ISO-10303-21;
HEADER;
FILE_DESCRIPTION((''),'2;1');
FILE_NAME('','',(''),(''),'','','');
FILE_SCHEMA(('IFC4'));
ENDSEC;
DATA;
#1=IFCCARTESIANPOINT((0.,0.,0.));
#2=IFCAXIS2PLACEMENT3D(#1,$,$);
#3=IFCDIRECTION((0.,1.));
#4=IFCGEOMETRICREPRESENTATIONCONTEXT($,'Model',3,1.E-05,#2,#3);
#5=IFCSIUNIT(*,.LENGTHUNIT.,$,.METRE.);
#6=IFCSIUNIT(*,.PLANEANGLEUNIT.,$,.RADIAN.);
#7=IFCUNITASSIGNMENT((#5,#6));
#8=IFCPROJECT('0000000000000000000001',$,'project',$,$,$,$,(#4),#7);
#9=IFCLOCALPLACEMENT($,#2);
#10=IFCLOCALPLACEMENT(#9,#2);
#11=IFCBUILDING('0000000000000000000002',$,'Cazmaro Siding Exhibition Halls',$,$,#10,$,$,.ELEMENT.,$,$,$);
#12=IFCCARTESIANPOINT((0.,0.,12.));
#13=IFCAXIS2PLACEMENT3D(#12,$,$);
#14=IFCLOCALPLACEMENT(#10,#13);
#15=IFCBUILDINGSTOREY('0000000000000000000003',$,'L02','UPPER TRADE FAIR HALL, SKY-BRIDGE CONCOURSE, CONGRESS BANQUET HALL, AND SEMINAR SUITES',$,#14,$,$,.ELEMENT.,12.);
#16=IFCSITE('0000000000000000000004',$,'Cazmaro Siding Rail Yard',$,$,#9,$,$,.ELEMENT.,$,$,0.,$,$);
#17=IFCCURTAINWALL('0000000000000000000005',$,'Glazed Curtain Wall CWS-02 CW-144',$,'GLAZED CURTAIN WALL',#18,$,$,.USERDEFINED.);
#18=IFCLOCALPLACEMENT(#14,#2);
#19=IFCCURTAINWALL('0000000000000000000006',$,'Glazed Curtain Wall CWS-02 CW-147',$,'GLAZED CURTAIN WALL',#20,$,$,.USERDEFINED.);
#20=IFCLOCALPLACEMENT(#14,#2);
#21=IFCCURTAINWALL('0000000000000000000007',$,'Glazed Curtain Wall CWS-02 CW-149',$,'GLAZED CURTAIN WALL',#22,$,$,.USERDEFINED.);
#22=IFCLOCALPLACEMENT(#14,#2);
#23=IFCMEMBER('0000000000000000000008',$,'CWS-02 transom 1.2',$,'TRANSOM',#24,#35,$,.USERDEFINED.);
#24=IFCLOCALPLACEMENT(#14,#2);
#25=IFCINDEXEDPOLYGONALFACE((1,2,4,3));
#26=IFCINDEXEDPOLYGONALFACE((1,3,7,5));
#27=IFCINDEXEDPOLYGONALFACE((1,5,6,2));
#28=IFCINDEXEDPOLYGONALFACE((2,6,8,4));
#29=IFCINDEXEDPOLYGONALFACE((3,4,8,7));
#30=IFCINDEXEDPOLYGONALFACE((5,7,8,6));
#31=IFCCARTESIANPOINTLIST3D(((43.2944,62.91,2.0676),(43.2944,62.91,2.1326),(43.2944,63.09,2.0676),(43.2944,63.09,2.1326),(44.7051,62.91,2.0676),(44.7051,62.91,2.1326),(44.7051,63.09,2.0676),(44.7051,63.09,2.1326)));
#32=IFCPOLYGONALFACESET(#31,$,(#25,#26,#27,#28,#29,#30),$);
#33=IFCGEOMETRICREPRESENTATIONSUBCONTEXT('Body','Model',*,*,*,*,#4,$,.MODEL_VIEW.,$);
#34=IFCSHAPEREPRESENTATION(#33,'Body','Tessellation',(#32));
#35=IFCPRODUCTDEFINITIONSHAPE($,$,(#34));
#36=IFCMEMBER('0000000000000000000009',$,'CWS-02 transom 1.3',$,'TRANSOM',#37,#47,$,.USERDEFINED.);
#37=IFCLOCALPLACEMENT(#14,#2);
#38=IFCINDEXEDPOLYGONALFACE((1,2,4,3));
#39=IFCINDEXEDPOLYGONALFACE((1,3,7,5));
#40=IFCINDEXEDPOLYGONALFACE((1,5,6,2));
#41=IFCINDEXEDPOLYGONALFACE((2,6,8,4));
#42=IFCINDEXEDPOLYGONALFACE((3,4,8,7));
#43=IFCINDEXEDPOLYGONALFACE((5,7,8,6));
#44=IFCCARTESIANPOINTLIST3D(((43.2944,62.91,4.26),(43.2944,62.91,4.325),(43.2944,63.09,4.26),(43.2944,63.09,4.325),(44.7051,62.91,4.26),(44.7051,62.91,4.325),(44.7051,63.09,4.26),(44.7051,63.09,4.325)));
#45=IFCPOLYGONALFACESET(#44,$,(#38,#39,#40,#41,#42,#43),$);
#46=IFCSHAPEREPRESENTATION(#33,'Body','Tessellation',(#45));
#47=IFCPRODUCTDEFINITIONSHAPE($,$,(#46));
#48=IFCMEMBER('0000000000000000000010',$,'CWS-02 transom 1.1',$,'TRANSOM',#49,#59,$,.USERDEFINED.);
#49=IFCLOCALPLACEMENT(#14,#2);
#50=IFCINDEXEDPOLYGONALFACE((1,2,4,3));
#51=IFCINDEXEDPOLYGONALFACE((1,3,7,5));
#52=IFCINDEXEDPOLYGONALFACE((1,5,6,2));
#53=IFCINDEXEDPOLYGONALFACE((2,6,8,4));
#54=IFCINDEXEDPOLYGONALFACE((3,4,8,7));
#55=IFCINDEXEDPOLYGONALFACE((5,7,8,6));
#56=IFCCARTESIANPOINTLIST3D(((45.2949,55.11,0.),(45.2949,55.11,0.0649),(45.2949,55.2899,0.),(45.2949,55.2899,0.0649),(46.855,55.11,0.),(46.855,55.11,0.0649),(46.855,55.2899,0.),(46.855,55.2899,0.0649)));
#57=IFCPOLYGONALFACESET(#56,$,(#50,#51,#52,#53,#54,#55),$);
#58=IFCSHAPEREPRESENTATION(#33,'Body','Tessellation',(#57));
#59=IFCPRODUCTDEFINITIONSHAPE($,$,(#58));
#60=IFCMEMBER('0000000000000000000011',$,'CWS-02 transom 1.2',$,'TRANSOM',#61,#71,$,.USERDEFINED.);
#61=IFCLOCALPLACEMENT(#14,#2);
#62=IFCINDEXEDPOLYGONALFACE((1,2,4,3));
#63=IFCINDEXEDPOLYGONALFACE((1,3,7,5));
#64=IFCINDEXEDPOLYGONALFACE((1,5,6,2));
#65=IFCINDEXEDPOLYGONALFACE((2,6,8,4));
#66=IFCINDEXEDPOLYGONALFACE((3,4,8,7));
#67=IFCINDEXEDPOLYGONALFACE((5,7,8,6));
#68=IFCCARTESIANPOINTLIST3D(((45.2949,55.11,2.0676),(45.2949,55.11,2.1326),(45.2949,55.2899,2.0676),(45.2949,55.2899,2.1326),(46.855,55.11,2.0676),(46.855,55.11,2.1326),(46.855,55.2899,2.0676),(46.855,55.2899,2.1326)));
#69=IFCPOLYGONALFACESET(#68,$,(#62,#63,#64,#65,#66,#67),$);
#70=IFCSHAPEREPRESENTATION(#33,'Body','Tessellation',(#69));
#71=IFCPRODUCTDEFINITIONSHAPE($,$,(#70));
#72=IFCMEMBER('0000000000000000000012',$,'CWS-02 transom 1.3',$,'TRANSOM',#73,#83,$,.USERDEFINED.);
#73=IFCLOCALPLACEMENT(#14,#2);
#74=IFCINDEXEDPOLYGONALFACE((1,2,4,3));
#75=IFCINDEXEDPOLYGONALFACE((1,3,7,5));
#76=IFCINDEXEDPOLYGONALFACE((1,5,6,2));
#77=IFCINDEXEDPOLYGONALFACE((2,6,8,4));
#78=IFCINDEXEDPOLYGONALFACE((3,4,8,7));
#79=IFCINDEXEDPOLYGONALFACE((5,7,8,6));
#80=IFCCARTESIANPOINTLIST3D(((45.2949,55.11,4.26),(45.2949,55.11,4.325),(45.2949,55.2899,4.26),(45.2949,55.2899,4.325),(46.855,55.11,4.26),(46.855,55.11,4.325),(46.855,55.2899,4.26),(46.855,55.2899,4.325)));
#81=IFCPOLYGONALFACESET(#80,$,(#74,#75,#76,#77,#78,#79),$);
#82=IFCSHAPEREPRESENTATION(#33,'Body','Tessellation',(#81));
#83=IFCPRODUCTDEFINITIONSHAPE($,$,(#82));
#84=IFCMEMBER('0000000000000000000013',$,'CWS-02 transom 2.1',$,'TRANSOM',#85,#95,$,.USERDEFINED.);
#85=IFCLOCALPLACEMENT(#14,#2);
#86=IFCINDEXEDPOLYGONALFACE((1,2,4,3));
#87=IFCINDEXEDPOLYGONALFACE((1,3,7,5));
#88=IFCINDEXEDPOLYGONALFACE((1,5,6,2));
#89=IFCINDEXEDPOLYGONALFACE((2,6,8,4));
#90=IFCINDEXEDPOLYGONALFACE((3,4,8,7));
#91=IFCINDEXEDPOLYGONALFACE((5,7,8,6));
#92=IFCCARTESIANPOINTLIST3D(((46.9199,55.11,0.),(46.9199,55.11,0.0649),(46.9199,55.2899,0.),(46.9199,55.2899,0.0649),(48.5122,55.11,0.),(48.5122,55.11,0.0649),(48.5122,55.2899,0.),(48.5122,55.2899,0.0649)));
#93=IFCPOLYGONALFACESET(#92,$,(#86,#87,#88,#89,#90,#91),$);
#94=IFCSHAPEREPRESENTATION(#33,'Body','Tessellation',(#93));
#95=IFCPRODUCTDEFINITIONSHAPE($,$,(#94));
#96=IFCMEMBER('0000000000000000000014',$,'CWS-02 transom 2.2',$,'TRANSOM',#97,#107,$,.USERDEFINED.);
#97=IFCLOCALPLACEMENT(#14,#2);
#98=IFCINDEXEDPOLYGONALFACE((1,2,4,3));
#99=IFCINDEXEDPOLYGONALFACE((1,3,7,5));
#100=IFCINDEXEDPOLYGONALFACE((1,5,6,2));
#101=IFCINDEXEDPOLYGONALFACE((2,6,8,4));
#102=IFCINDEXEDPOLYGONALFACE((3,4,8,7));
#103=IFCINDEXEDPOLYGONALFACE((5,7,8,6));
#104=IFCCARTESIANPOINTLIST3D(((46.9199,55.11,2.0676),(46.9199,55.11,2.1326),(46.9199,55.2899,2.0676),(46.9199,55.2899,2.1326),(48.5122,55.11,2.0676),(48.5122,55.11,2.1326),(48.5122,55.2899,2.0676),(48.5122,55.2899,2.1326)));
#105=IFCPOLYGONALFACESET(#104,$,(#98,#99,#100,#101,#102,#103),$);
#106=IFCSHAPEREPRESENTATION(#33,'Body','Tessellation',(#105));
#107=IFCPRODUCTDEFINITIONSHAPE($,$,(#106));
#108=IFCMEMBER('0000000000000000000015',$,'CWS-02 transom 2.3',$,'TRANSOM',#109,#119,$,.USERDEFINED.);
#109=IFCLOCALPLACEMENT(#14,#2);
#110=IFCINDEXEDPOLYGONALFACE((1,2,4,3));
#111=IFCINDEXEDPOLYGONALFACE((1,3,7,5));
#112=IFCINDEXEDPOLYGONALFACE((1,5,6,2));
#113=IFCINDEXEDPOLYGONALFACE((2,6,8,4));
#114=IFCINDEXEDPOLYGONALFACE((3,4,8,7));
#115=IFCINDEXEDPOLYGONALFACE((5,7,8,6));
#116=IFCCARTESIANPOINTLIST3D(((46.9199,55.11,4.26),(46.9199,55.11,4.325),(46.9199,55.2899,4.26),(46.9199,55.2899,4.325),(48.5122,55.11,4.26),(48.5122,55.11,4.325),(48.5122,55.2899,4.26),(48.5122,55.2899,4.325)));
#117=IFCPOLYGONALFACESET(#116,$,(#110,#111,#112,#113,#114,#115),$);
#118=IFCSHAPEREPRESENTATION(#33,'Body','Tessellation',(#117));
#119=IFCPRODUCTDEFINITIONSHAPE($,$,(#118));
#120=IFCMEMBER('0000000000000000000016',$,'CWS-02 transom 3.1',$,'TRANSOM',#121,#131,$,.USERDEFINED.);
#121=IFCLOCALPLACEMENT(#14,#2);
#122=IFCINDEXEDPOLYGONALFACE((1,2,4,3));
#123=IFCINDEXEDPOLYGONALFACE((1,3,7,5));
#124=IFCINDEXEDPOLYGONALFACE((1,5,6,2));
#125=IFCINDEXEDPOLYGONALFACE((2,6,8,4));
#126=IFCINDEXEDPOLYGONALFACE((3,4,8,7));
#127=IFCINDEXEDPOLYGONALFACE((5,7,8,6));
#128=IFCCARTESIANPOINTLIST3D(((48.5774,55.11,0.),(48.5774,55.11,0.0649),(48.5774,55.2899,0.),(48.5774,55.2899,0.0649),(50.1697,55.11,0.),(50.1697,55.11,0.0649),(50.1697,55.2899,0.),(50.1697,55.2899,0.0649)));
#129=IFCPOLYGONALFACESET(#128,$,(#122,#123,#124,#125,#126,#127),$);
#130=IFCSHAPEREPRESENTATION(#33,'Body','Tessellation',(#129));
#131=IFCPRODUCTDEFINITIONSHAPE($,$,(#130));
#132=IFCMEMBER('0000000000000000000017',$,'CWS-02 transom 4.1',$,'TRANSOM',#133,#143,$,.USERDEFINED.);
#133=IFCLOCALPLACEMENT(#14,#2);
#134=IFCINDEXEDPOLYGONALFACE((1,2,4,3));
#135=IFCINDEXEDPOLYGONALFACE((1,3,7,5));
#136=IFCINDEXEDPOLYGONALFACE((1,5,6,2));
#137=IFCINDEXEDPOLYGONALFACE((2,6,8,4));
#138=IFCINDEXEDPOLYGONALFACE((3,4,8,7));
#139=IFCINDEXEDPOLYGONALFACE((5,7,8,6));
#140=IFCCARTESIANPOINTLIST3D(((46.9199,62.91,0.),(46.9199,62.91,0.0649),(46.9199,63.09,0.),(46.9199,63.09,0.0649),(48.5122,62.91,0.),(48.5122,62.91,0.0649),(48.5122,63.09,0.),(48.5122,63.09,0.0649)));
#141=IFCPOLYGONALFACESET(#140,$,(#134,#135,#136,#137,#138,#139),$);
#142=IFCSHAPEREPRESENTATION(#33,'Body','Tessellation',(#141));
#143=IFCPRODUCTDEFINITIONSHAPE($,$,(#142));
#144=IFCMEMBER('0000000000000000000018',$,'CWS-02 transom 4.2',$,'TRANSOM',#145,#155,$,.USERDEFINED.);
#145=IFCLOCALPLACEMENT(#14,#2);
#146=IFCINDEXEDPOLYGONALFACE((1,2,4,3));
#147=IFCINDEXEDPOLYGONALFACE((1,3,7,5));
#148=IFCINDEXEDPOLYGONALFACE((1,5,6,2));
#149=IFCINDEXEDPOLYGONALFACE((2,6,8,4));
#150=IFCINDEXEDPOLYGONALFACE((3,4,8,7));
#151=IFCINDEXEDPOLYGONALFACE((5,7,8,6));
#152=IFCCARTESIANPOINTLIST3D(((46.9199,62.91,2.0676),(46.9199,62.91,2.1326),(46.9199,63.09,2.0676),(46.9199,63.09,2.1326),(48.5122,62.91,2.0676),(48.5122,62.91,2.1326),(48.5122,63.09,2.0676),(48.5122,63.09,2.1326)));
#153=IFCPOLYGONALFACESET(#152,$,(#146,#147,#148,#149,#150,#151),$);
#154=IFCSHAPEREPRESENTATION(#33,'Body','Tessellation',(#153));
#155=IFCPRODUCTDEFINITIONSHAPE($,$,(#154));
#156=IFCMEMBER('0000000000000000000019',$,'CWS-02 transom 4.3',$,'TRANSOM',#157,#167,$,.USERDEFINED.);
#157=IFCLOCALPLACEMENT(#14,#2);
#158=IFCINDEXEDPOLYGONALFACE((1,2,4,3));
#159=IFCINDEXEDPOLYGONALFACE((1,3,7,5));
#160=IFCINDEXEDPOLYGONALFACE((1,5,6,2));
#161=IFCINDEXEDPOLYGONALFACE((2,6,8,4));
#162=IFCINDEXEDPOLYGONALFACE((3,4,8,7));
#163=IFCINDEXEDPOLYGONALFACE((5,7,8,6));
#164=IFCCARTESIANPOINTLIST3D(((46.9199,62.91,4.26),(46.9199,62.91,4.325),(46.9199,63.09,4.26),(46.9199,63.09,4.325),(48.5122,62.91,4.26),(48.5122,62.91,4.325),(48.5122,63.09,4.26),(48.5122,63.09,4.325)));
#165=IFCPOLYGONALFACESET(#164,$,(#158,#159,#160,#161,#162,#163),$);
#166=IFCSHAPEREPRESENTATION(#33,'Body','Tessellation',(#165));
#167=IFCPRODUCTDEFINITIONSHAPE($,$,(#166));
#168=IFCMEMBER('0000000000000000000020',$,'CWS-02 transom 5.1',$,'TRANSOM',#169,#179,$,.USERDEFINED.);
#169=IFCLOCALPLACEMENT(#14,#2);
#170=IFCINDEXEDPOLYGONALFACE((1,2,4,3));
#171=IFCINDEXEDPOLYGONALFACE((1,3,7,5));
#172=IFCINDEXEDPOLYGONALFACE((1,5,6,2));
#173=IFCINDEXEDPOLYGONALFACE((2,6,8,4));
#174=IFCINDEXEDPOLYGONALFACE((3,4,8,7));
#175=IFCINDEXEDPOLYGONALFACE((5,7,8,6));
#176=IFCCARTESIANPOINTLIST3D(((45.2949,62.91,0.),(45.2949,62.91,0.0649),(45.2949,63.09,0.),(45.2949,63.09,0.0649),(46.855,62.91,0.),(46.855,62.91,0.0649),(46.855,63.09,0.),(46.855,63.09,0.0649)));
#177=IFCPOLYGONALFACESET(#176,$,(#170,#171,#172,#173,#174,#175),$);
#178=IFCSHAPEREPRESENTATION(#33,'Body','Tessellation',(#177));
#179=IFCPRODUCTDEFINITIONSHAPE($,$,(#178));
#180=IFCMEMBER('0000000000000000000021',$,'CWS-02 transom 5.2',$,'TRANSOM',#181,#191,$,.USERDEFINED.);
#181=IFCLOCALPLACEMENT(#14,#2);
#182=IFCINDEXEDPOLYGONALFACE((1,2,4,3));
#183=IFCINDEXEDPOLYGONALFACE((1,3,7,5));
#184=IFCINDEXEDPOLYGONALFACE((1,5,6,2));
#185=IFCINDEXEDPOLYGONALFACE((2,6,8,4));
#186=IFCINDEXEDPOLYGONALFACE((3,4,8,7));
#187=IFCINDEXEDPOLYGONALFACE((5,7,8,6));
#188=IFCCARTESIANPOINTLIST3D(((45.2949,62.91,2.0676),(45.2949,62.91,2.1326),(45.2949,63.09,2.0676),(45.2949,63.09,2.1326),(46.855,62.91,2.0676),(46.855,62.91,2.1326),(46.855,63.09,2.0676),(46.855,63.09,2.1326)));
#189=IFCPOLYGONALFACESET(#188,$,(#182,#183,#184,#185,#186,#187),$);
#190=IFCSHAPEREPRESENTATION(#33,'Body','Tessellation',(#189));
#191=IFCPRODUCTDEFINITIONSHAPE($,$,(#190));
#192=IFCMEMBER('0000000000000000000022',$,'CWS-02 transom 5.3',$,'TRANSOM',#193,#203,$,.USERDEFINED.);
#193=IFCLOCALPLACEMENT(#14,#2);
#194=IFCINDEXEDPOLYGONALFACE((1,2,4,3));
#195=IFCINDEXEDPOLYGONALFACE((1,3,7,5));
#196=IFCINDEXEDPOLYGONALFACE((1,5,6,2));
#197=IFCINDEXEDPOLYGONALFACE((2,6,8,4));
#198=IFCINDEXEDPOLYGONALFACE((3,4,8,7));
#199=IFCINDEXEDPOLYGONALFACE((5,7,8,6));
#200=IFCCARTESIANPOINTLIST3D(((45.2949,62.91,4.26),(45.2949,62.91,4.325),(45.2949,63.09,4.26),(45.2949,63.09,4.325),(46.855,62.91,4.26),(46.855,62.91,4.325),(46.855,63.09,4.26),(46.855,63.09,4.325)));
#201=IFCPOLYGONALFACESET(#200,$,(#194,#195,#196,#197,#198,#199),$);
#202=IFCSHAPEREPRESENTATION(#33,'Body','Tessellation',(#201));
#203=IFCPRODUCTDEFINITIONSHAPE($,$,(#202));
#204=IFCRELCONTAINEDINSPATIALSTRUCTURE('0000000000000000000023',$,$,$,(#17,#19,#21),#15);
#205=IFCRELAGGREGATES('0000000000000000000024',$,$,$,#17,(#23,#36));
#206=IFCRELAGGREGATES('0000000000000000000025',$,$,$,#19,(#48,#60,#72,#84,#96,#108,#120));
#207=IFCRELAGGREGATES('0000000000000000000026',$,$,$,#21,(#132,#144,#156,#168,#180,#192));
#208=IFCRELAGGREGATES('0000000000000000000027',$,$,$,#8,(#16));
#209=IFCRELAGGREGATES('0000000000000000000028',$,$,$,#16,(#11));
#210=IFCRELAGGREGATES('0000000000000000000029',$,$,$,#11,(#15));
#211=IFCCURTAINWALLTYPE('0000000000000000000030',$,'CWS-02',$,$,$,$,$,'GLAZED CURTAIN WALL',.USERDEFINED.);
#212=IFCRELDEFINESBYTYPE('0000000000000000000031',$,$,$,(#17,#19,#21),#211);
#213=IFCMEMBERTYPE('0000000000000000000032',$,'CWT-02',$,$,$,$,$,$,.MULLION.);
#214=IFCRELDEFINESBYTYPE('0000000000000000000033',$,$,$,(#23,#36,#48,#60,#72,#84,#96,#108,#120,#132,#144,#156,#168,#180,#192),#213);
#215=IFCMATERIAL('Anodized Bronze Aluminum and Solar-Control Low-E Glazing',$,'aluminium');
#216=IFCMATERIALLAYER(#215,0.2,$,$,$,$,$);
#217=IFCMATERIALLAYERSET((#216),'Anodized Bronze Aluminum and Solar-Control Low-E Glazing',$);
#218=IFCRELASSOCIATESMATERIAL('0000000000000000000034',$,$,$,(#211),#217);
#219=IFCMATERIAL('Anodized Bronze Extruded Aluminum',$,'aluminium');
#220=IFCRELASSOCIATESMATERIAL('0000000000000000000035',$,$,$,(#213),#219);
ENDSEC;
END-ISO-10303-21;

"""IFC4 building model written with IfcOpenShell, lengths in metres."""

from ifc_helpers import new_model, si_unit, direction, frame, origin, origin_2d, place, context, subcontext, project, spatial, rectangle, extrude, material, layer, layer_set, material_profile, profile_set, type_object, element, aggregate, save


model = new_model("IFC4")

# Units and contexts
model_context = context("Model", 3, precision=1e-05, world=origin(), true_north=direction((0.0, 1.0)))
body_context = subcontext(model_context, "Body", "Model", "MODEL_VIEW")
ifc_project = project(units=[si_unit("LENGTHUNIT", "METRE"), si_unit("PLANEANGLEUNIT", "RADIAN")], contexts=[model_context])

# Site, building, storey
site_placement = place(None, origin())
site = spatial("IfcSite", under=ifc_project, at=site_placement, Name="Cazmaro Siding Rail Yard", CompositionType="ELEMENT", RefElevation=0.0)
building_placement = place(site_placement, origin())
building = spatial("IfcBuilding", under=site, at=building_placement, Name="Cazmaro Siding Exhibition Halls", CompositionType="ELEMENT")
storey_placement = place(building_placement, frame((0.0, 0.0, 12.0)))
storey = spatial("IfcBuildingStorey", under=building, at=storey_placement, Name="L02", Description="UPPER TRADE FAIR HALL, SKY-BRIDGE CONCOURSE, CONGRESS BANQUET HALL, AND SEMINAR SUITES", CompositionType="ELEMENT", Elevation=12.0)

# Curtain wall
ifc_material_1 = material(Name="Anodized Bronze Aluminum and Solar-Control Low-E Glazing", Category="aluminium")
ifc_layer_1 = layer(ifc_material_1, 0.2)
ifc_layer_set_1 = layer_set([ifc_layer_1], Name="Anodized Bronze Aluminum and Solar-Control Low-E Glazing")
curtain_wall_type = type_object("IfcCurtainWallType", Name="CWS-02", ElementType="GLAZED CURTAIN WALL", PredefinedType="USERDEFINED", material=ifc_layer_set_1)
curtain_wall_1_placement = place(storey_placement, origin())
curtain_wall_1 = element("IfcCurtainWall", 1, at=curtain_wall_1_placement, inside=storey, type_object=curtain_wall_type, Name="Glazed Curtain Wall CWS-02 CW-144", ObjectType="GLAZED CURTAIN WALL", PredefinedType="USERDEFINED")

# Curtain walls
curtain_wall_2_placement = place(storey_placement, origin())
curtain_wall_2 = element("IfcCurtainWall", 2, at=curtain_wall_2_placement, inside=storey, type_object=curtain_wall_type, Name="Glazed Curtain Wall CWS-02 CW-147", ObjectType="GLAZED CURTAIN WALL", PredefinedType="USERDEFINED")
curtain_wall_3_placement = place(storey_placement, origin())
curtain_wall_3 = element("IfcCurtainWall", 3, at=curtain_wall_3_placement, inside=storey, type_object=curtain_wall_type, Name="Glazed Curtain Wall CWS-02 CW-149", ObjectType="GLAZED CURTAIN WALL", PredefinedType="USERDEFINED")

# Members
ifc_material_2 = material(Name="Anodized Bronze Extruded Aluminum", Category="aluminium")
ifc_material_profile_1 = material_profile(ifc_material_2, rectangle(XDim=0.1799, YDim=0.0649, at=origin_2d()), Name="CWT-02")
ifc_profile_set_1 = profile_set([ifc_material_profile_1], Name="Anodized Bronze Extruded Aluminum")
member_type_1 = type_object("IfcMemberType", Name="CWT-02", PredefinedType="MULLION", material=ifc_profile_set_1)
member_1_placement = place(storey_placement, frame((44.7051, 63.0, 2.1001), z_axis=(-1.0, 0.0, 0.0), x_axis=(0.0, -1.0, 0.0)))
member_1 = element("IfcMember", 4, at=member_1_placement, type_object=member_type_1, Name="CWS-02 transom 1.2", ObjectType="TRANSOM", PredefinedType="USERDEFINED", context=body_context, shape_type="SweptSolid", body=[
    extrude(rectangle(XDim=0.1799, YDim=0.0649, at=origin_2d()), origin(), (0.0, 0.0, 1.0), 1.4106),
])
member_2_placement = place(storey_placement, frame((44.7051, 63.0, 4.2925), z_axis=(-1.0, 0.0, 0.0), x_axis=(0.0, -1.0, 0.0)))
member_2 = element("IfcMember", 5, at=member_2_placement, type_object=member_type_1, Name="CWS-02 transom 1.3", ObjectType="TRANSOM", PredefinedType="USERDEFINED", context=body_context, shape_type="SweptSolid", body=[
    extrude(rectangle(XDim=0.1799, YDim=0.0649, at=origin_2d()), origin(), (0.0, 0.0, 1.0), 1.4106),
])
aggregate(curtain_wall_1, [member_1, member_2])
member_3_placement = place(storey_placement, frame((45.2949, 55.2, 0.0325), z_axis=(1.0, 0.0, 0.0), x_axis=(0.0, 1.0, 0.0)))
member_3 = element("IfcMember", 6, at=member_3_placement, type_object=member_type_1, Name="CWS-02 transom 1.1", ObjectType="TRANSOM", PredefinedType="USERDEFINED", context=body_context, shape_type="SweptSolid", body=[
    extrude(rectangle(XDim=0.1799, YDim=0.0649, at=origin_2d()), origin(), (0.0, 0.0, 1.0), 1.5601),
])
member_4_placement = place(storey_placement, frame((45.2949, 55.2, 2.1001), z_axis=(1.0, 0.0, 0.0), x_axis=(0.0, 1.0, 0.0)))
member_4 = element("IfcMember", 7, at=member_4_placement, type_object=member_type_1, Name="CWS-02 transom 1.2", ObjectType="TRANSOM", PredefinedType="USERDEFINED", context=body_context, shape_type="SweptSolid", body=[
    extrude(rectangle(XDim=0.1799, YDim=0.0649, at=origin_2d()), origin(), (0.0, 0.0, 1.0), 1.5601),
])
member_5_placement = place(storey_placement, frame((45.2949, 55.2, 4.2925), z_axis=(1.0, 0.0, 0.0), x_axis=(0.0, 1.0, 0.0)))
member_5 = element("IfcMember", 8, at=member_5_placement, type_object=member_type_1, Name="CWS-02 transom 1.3", ObjectType="TRANSOM", PredefinedType="USERDEFINED", context=body_context, shape_type="SweptSolid", body=[
    extrude(rectangle(XDim=0.1799, YDim=0.0649, at=origin_2d()), origin(), (0.0, 0.0, 1.0), 1.5601),
])
member_6_placement = place(storey_placement, frame((46.9199, 55.2, 0.0325), z_axis=(1.0, 0.0, 0.0), x_axis=(0.0, 1.0, 0.0)))
member_6 = element("IfcMember", 9, at=member_6_placement, type_object=member_type_1, Name="CWS-02 transom 2.1", ObjectType="TRANSOM", PredefinedType="USERDEFINED", context=body_context, shape_type="SweptSolid", body=[
    extrude(rectangle(XDim=0.1799, YDim=0.0649, at=origin_2d()), origin(), (0.0, 0.0, 1.0), 1.5923),
])
member_7_placement = place(storey_placement, frame((46.9199, 55.2, 2.1001), z_axis=(1.0, 0.0, 0.0), x_axis=(0.0, 1.0, 0.0)))
member_7 = element("IfcMember", 10, at=member_7_placement, type_object=member_type_1, Name="CWS-02 transom 2.2", ObjectType="TRANSOM", PredefinedType="USERDEFINED", context=body_context, shape_type="SweptSolid", body=[
    extrude(rectangle(XDim=0.1799, YDim=0.0649, at=origin_2d()), origin(), (0.0, 0.0, 1.0), 1.5923),
])
member_8_placement = place(storey_placement, frame((46.9199, 55.2, 4.2925), z_axis=(1.0, 0.0, 0.0), x_axis=(0.0, 1.0, 0.0)))
member_8 = element("IfcMember", 11, at=member_8_placement, type_object=member_type_1, Name="CWS-02 transom 2.3", ObjectType="TRANSOM", PredefinedType="USERDEFINED", context=body_context, shape_type="SweptSolid", body=[
    extrude(rectangle(XDim=0.1799, YDim=0.0649, at=origin_2d()), origin(), (0.0, 0.0, 1.0), 1.5923),
])
member_9_placement = place(storey_placement, frame((48.5774, 55.2, 0.0325), z_axis=(1.0, 0.0, 0.0), x_axis=(0.0, 1.0, 0.0)))
member_9 = element("IfcMember", 12, at=member_9_placement, type_object=member_type_1, Name="CWS-02 transom 3.1", ObjectType="TRANSOM", PredefinedType="USERDEFINED", context=body_context, shape_type="SweptSolid", body=[
    extrude(rectangle(XDim=0.1799, YDim=0.0649, at=origin_2d()), origin(), (0.0, 0.0, 1.0), 1.5923),
])
member_10_placement = place(storey_placement, frame((48.5122, 63.0, 0.0325), z_axis=(-1.0, 0.0, 0.0), x_axis=(0.0, -1.0, 0.0)))
member_10 = element("IfcMember", 13, at=member_10_placement, type_object=member_type_1, Name="CWS-02 transom 4.1", ObjectType="TRANSOM", PredefinedType="USERDEFINED", context=body_context, shape_type="SweptSolid", body=[
    extrude(rectangle(XDim=0.1799, YDim=0.0649, at=origin_2d()), origin(), (0.0, 0.0, 1.0), 1.5923),
])
member_11_placement = place(storey_placement, frame((48.5122, 63.0, 2.1001), z_axis=(-1.0, 0.0, 0.0), x_axis=(0.0, -1.0, 0.0)))
member_11 = element("IfcMember", 14, at=member_11_placement, type_object=member_type_1, Name="CWS-02 transom 4.2", ObjectType="TRANSOM", PredefinedType="USERDEFINED", context=body_context, shape_type="SweptSolid", body=[
    extrude(rectangle(XDim=0.1799, YDim=0.0649, at=origin_2d()), origin(), (0.0, 0.0, 1.0), 1.5923),
])
member_12_placement = place(storey_placement, frame((48.5122, 63.0, 4.2925), z_axis=(-1.0, 0.0, 0.0), x_axis=(0.0, -1.0, 0.0)))
member_12 = element("IfcMember", 15, at=member_12_placement, type_object=member_type_1, Name="CWS-02 transom 4.3", ObjectType="TRANSOM", PredefinedType="USERDEFINED", context=body_context, shape_type="SweptSolid", body=[
    extrude(rectangle(XDim=0.1799, YDim=0.0649, at=origin_2d()), origin(), (0.0, 0.0, 1.0), 1.5923),
])
member_13_placement = place(storey_placement, frame((46.855, 63.0, 0.0325), z_axis=(-1.0, 0.0, 0.0), x_axis=(0.0, -1.0, 0.0)))
member_13 = element("IfcMember", 16, at=member_13_placement, type_object=member_type_1, Name="CWS-02 transom 5.1", ObjectType="TRANSOM", PredefinedType="USERDEFINED", context=body_context, shape_type="SweptSolid", body=[
    extrude(rectangle(XDim=0.1799, YDim=0.0649, at=origin_2d()), origin(), (0.0, 0.0, 1.0), 1.5601),
])
member_14_placement = place(storey_placement, frame((46.855, 63.0, 2.1001), z_axis=(-1.0, 0.0, 0.0), x_axis=(0.0, -1.0, 0.0)))
member_14 = element("IfcMember", 17, at=member_14_placement, type_object=member_type_1, Name="CWS-02 transom 5.2", ObjectType="TRANSOM", PredefinedType="USERDEFINED", context=body_context, shape_type="SweptSolid", body=[
    extrude(rectangle(XDim=0.1799, YDim=0.0649, at=origin_2d()), origin(), (0.0, 0.0, 1.0), 1.5601),
])
member_15_placement = place(storey_placement, frame((46.855, 63.0, 4.2925), z_axis=(-1.0, 0.0, 0.0), x_axis=(0.0, -1.0, 0.0)))
member_15 = element("IfcMember", 18, at=member_15_placement, type_object=member_type_1, Name="CWS-02 transom 5.3", ObjectType="TRANSOM", PredefinedType="USERDEFINED", context=body_context, shape_type="SweptSolid", body=[
    extrude(rectangle(XDim=0.1799, YDim=0.0649, at=origin_2d()), origin(), (0.0, 0.0, 1.0), 1.5601),
])

aggregate(curtain_wall_2, [member_3, member_4, member_5, member_6, member_7, member_8, member_9])
aggregate(curtain_wall_3, [member_10, member_11, member_12, member_13, member_14, member_15])

save(model, "model.ifc")
